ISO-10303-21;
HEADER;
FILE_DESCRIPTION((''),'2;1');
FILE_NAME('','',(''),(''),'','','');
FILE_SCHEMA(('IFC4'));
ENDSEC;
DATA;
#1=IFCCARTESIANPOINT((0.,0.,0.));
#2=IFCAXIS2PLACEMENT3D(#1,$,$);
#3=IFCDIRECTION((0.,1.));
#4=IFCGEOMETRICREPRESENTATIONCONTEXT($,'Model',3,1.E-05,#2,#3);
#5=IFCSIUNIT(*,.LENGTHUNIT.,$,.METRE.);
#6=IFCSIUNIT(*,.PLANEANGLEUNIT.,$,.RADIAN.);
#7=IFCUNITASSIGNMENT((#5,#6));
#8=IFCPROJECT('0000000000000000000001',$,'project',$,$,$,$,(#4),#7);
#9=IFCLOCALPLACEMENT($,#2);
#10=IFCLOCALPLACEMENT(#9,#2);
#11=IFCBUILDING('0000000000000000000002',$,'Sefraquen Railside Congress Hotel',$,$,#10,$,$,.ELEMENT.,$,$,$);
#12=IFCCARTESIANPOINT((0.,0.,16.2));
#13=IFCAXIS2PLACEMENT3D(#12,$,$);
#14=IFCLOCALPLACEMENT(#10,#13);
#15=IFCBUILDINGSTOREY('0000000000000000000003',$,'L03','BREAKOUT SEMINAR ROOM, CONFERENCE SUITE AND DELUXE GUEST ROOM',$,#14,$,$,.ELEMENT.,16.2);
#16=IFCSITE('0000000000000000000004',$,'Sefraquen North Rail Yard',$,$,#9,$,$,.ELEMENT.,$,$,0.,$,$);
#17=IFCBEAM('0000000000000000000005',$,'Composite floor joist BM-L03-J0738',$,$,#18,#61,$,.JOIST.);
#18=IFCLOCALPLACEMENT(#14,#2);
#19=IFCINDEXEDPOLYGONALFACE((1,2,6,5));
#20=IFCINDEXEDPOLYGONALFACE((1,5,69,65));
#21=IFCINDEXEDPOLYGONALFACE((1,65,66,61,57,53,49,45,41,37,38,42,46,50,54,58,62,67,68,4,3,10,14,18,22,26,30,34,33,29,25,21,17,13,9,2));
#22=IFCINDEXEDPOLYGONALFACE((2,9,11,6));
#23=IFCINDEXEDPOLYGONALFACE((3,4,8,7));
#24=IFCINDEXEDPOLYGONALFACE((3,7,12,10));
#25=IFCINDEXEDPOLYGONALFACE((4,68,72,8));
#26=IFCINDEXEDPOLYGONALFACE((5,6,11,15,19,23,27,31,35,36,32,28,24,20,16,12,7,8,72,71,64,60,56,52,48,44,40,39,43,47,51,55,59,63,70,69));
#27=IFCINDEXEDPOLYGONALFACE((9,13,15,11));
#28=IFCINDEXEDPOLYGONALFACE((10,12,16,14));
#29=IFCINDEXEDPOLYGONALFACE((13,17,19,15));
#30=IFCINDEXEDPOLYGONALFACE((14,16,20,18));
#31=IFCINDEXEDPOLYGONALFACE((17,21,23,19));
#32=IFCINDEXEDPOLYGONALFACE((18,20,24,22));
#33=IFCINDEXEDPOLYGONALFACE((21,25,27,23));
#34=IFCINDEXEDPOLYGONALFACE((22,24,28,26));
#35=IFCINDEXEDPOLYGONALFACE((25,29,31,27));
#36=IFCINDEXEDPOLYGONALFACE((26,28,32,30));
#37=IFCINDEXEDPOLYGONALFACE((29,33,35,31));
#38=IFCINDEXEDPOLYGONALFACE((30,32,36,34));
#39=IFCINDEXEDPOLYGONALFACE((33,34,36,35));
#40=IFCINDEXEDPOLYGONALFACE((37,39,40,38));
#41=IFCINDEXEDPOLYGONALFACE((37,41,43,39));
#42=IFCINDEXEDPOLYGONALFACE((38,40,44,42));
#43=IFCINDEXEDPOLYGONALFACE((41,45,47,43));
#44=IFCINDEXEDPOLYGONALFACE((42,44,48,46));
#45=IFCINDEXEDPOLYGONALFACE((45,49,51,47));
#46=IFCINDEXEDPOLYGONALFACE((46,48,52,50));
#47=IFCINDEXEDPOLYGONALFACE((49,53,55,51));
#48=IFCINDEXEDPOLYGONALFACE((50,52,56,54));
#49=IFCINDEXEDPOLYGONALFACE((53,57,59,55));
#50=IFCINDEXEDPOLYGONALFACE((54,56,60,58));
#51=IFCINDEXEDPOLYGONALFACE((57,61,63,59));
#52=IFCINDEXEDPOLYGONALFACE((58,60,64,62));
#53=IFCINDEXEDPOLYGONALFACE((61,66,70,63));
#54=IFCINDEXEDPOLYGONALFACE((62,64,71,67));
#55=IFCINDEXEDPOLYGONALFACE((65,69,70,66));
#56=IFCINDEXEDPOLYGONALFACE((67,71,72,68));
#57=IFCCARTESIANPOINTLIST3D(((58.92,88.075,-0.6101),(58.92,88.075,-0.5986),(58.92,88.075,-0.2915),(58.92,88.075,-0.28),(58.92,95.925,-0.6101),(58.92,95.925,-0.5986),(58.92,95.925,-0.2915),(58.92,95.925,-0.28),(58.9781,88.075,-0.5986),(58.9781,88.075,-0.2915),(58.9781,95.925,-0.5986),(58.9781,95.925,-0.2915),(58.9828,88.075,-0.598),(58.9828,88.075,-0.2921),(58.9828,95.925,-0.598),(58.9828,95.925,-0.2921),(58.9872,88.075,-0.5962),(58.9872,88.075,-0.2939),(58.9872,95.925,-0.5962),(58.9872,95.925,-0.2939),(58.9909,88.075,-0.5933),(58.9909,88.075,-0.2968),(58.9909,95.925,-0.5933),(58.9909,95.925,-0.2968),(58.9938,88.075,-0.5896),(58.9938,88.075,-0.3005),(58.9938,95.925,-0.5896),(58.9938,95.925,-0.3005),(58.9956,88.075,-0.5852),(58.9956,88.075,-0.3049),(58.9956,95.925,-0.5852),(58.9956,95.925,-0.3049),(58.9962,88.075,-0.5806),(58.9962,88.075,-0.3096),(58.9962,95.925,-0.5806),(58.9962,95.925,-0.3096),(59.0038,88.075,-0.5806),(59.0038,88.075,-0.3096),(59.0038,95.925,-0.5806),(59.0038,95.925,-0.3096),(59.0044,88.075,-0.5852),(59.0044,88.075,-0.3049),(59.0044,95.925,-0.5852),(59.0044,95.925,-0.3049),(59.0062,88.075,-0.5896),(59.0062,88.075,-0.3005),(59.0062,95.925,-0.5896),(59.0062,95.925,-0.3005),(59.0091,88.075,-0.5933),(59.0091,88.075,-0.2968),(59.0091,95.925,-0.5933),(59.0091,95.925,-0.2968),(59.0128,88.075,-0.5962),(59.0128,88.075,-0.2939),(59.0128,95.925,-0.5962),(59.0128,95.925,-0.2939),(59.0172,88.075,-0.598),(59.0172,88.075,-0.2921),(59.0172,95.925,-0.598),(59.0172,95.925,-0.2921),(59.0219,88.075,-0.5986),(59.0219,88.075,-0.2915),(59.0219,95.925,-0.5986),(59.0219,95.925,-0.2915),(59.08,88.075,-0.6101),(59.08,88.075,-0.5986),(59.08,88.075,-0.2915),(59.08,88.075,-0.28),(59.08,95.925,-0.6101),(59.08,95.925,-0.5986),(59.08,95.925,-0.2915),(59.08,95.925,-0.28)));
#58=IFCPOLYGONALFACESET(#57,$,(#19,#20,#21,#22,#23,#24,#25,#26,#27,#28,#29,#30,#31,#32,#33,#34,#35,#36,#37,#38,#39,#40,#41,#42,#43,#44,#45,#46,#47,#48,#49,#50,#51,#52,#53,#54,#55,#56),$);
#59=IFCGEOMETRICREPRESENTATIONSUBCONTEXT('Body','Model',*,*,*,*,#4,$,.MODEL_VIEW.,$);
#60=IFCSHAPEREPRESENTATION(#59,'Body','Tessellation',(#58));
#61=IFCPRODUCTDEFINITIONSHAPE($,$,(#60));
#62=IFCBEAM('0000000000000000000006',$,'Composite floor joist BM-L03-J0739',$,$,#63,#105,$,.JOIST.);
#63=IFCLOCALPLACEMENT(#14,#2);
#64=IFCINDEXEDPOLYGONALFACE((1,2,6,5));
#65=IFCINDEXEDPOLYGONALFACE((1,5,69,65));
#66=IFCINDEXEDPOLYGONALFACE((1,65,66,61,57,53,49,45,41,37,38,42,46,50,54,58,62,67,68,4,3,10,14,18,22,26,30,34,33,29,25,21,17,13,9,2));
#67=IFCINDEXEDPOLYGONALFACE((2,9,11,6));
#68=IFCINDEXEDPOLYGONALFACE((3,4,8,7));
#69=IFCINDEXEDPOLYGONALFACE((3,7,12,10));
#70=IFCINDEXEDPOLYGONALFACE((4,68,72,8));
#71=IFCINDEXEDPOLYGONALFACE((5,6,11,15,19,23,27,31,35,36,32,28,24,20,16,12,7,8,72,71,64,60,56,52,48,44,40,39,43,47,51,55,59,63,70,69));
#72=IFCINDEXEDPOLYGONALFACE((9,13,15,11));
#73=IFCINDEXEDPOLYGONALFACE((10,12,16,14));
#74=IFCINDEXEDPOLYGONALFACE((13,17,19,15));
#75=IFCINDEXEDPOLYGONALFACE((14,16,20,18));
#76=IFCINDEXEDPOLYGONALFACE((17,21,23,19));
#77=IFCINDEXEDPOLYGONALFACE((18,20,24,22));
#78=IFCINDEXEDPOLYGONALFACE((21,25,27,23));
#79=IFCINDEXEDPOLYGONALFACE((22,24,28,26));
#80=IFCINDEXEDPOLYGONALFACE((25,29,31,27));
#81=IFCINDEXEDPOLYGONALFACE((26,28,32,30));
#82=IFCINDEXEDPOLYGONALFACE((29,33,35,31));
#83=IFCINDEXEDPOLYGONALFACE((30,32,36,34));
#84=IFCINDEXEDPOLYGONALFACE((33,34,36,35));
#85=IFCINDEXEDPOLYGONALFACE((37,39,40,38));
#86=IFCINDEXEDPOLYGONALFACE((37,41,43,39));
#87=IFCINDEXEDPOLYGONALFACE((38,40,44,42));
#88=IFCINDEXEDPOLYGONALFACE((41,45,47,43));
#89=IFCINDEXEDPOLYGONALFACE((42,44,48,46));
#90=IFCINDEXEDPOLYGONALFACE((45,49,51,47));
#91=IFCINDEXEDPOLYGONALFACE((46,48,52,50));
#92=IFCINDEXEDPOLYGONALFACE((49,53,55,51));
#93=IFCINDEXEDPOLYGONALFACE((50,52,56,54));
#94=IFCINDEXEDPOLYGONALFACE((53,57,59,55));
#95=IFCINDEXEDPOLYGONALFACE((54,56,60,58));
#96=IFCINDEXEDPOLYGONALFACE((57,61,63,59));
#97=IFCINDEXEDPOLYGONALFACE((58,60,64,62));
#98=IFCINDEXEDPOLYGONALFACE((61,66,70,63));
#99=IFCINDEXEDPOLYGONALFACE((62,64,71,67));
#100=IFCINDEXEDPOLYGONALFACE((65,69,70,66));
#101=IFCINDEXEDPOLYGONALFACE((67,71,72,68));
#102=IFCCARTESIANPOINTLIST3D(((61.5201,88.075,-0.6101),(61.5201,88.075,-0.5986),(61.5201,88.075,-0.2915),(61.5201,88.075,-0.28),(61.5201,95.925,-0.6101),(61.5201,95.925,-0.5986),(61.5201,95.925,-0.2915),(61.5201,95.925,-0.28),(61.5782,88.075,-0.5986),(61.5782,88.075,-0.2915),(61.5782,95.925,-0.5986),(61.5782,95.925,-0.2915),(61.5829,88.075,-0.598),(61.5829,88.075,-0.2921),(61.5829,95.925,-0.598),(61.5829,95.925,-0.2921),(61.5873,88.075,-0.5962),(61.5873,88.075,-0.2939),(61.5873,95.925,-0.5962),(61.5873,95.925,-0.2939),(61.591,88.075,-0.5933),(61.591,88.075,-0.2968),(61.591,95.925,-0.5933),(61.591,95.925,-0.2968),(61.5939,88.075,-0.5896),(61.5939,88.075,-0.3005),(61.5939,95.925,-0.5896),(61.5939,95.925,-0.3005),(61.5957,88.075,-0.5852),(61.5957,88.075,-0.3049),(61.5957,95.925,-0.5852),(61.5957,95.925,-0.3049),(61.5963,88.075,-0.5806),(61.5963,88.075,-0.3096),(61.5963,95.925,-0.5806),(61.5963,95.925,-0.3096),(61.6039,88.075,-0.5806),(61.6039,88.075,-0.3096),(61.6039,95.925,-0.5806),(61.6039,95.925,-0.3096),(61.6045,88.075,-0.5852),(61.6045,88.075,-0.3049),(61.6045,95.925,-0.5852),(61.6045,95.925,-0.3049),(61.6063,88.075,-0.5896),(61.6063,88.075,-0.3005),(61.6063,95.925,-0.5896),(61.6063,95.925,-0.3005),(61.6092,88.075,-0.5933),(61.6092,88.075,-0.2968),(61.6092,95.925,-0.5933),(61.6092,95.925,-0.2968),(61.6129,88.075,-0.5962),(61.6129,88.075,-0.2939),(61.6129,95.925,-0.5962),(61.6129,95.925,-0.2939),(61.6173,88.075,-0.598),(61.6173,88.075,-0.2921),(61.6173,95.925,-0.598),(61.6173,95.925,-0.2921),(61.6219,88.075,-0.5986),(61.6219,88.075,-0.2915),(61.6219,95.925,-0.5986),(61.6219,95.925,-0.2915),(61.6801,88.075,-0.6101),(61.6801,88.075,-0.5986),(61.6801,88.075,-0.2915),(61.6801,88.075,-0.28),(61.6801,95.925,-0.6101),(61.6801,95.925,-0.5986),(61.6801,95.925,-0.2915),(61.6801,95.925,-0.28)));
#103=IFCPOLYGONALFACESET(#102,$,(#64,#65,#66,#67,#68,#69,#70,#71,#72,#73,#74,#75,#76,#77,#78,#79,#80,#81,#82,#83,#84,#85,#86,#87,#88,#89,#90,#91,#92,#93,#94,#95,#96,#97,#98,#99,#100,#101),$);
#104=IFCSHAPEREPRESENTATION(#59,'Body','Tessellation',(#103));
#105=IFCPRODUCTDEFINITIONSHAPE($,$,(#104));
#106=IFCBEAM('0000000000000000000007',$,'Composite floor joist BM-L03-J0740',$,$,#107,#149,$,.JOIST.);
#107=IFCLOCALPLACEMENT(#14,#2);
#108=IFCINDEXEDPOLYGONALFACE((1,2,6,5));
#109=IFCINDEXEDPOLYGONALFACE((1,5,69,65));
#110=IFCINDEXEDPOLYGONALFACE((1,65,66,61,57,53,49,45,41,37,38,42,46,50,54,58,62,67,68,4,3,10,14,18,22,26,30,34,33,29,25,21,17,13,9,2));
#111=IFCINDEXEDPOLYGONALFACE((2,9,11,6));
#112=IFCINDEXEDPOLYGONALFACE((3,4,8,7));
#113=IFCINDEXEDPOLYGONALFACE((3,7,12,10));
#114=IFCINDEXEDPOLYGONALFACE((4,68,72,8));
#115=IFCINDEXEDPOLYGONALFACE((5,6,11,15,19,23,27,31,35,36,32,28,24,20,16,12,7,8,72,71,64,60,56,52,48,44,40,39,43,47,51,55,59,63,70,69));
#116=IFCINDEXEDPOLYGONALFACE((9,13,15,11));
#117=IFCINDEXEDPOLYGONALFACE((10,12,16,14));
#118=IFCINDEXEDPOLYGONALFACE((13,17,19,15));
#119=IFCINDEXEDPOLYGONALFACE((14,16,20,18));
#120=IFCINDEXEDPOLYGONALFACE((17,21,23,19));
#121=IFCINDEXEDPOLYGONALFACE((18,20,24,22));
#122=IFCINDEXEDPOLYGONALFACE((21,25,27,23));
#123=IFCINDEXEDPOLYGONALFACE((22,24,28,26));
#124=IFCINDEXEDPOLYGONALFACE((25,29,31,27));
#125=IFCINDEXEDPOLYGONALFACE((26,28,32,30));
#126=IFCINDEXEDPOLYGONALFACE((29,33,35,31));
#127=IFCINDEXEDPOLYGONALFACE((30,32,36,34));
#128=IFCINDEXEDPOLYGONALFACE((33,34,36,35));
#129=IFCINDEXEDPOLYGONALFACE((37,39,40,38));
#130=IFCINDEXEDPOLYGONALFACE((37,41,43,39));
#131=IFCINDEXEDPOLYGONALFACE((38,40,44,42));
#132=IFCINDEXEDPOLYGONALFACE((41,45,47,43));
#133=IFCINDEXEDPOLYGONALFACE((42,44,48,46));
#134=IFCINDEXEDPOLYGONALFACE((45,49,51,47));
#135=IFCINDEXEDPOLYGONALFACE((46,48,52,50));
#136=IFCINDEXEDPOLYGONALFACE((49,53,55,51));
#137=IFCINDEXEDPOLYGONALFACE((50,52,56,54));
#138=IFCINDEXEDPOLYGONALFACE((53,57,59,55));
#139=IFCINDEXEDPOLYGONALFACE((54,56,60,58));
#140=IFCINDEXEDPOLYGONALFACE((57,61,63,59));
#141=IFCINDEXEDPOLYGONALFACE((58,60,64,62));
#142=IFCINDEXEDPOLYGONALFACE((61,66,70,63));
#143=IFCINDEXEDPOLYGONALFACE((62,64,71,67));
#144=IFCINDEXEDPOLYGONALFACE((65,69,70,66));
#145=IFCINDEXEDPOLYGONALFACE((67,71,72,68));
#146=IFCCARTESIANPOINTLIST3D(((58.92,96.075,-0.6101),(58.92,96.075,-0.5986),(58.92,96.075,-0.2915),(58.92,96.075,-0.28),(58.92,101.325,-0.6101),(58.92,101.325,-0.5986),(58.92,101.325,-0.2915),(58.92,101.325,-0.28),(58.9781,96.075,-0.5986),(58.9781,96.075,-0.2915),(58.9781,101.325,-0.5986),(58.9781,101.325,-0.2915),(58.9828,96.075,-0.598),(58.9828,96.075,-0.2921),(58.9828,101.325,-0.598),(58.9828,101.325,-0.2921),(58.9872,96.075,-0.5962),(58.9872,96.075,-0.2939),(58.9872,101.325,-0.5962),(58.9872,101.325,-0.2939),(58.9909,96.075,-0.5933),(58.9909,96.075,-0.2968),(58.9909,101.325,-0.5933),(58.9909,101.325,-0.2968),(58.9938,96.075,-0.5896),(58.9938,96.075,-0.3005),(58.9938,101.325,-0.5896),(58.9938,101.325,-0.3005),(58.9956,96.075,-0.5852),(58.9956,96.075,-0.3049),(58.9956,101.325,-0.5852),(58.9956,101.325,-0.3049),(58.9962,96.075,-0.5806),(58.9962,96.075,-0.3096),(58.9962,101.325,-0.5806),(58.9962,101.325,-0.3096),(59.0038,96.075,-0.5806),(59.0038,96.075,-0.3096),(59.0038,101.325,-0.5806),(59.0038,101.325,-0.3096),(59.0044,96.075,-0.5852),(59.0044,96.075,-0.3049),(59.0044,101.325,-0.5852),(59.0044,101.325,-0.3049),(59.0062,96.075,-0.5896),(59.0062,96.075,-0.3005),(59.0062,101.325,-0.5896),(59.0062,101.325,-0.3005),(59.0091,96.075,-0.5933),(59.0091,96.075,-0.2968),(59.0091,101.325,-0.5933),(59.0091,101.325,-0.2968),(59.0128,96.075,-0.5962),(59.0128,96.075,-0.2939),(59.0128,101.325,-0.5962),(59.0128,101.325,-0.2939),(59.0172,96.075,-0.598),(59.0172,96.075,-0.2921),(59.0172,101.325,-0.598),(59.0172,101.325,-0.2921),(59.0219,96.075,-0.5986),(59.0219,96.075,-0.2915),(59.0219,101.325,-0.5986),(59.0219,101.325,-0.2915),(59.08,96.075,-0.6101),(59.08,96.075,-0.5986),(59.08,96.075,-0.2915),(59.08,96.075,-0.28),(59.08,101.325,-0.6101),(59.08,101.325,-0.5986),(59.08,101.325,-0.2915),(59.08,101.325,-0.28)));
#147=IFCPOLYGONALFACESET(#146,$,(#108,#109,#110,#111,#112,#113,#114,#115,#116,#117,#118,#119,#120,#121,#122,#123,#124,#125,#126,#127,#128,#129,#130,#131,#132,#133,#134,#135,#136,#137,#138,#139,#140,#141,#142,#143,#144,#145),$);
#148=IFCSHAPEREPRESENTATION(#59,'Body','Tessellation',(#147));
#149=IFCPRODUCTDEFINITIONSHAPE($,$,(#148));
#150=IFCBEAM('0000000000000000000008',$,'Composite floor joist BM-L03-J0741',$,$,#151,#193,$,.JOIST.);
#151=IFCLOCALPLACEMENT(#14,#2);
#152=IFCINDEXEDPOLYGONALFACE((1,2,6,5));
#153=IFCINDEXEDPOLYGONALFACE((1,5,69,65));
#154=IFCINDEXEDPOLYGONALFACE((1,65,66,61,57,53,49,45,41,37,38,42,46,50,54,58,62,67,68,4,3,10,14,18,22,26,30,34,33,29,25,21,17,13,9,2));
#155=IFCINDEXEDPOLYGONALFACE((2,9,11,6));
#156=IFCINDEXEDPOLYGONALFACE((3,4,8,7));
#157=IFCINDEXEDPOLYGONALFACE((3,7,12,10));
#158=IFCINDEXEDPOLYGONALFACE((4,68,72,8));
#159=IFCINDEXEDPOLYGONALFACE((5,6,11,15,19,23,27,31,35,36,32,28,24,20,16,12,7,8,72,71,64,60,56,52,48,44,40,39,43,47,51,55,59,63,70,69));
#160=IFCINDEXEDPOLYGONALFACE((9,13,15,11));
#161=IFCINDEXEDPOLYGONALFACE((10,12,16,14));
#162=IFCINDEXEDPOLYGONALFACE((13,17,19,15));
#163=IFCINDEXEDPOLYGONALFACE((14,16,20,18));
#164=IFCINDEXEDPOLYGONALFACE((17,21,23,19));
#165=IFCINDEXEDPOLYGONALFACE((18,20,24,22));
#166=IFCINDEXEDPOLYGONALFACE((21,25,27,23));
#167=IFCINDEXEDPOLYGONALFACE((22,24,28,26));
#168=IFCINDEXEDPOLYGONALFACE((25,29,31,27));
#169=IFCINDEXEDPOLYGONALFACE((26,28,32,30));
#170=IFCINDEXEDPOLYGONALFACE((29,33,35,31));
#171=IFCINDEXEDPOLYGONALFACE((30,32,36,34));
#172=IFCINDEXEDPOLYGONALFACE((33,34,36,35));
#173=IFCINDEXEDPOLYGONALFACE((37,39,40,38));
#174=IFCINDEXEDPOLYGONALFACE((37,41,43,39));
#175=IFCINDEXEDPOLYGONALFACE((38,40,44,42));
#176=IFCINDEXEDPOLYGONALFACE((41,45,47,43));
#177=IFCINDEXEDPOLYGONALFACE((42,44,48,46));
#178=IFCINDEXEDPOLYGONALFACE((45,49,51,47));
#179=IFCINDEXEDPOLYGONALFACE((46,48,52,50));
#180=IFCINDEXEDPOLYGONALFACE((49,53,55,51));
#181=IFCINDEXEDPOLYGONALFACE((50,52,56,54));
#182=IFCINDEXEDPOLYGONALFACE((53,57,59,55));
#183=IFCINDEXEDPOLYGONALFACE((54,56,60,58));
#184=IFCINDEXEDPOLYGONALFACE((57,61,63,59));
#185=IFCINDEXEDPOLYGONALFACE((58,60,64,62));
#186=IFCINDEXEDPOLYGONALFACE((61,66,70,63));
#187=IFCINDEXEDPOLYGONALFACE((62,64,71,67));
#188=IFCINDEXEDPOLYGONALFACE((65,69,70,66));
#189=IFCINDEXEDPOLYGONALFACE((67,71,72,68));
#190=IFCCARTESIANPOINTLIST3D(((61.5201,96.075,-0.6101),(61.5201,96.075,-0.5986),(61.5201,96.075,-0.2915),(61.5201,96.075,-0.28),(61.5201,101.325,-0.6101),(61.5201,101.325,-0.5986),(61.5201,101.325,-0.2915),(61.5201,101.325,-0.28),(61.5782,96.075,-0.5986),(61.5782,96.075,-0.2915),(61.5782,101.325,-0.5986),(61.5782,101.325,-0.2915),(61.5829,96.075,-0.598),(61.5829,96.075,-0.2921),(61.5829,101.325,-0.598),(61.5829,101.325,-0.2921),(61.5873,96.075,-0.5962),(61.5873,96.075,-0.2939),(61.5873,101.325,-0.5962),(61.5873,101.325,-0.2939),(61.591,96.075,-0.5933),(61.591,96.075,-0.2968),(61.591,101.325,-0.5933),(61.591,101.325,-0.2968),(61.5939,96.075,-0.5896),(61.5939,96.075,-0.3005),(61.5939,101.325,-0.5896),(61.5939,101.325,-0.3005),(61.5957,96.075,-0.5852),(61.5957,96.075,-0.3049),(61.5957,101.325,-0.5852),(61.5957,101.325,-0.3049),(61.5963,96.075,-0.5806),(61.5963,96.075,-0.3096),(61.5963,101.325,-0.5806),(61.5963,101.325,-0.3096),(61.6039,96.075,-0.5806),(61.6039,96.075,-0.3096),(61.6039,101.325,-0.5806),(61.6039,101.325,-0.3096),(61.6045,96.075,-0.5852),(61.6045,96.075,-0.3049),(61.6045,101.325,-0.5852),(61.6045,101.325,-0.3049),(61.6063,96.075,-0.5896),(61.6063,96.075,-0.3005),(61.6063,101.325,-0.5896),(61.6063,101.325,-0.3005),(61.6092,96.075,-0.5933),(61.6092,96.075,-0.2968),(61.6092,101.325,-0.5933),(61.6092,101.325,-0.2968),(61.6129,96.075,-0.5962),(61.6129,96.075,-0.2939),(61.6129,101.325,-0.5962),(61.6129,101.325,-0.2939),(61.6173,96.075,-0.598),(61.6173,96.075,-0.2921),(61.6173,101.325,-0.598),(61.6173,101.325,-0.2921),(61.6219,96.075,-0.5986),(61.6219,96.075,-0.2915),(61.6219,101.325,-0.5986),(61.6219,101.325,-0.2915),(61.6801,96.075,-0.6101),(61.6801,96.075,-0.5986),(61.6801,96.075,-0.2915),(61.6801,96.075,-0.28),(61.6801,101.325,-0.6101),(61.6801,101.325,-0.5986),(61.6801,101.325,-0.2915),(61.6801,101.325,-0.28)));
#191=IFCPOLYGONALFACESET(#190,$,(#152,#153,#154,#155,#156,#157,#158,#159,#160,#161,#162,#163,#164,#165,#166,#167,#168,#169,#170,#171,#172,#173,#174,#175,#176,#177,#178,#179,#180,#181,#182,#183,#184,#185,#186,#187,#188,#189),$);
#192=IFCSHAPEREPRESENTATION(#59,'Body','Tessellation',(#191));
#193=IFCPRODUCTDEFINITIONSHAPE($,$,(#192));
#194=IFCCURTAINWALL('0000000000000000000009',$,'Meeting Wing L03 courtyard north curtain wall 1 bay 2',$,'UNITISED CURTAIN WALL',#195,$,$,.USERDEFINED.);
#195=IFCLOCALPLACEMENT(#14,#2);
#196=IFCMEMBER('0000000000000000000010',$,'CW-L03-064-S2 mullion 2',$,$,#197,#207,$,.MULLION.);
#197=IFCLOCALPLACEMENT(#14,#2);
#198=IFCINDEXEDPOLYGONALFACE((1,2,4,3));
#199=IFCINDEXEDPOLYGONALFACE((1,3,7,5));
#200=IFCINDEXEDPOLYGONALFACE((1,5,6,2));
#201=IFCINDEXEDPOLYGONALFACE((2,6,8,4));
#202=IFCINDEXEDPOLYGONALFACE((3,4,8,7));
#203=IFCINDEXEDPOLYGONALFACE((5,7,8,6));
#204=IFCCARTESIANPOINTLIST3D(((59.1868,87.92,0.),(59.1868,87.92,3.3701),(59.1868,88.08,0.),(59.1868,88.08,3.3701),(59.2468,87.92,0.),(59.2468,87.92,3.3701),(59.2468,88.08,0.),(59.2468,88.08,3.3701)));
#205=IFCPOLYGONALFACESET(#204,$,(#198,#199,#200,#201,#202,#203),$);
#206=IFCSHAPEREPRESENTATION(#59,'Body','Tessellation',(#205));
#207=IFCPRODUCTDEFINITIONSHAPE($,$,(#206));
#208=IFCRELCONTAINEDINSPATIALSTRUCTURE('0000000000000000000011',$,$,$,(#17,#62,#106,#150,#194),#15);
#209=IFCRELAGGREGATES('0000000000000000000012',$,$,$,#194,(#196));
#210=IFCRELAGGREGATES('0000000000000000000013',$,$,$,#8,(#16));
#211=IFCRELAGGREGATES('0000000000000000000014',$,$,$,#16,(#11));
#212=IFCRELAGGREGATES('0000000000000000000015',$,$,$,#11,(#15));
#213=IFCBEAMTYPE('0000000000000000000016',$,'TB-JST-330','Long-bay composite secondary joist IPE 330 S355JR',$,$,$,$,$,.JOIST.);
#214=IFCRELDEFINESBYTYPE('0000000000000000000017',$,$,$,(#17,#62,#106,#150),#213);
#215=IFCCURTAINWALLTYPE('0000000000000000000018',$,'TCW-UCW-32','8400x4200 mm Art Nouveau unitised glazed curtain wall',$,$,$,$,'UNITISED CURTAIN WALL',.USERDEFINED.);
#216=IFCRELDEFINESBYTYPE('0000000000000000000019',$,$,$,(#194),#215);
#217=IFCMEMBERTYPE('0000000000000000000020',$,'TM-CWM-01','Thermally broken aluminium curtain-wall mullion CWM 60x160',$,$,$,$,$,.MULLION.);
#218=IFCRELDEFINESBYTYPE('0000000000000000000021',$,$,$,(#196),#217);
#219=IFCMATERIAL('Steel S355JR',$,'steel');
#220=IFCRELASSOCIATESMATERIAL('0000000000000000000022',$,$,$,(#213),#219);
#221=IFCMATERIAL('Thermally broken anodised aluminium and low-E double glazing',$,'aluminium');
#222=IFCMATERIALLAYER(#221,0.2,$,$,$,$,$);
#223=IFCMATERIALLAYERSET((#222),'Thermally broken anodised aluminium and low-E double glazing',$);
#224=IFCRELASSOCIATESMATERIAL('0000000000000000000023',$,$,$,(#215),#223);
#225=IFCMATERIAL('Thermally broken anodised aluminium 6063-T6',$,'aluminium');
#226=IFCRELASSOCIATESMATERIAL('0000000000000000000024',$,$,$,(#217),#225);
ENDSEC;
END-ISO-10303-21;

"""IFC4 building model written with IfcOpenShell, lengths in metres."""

from ifc_helpers import new_model, si_unit, direction, frame, origin, origin_2d, place, context, subcontext, project, spatial, rectangle, i_section, extrude, material, layer, layer_set, material_profile, profile_set, type_object, element, aggregate, save


model = new_model("IFC4")

# Units and contexts
model_context = context("Model", 3, precision=1e-05, world=origin(), true_north=direction((0.0, 1.0)))
body_context = subcontext(model_context, "Body", "Model", "MODEL_VIEW")
ifc_project = project(units=[si_unit("LENGTHUNIT", "METRE"), si_unit("PLANEANGLEUNIT", "RADIAN")], contexts=[model_context])

# Site, building, storey
site_placement = place(None, origin())
site = spatial("IfcSite", under=ifc_project, at=site_placement, Name="Sefraquen North Rail Yard", CompositionType="ELEMENT", RefElevation=0.0)
building_placement = place(site_placement, origin())
building = spatial("IfcBuilding", under=site, at=building_placement, Name="Sefraquen Railside Congress Hotel", CompositionType="ELEMENT")
storey_placement = place(building_placement, frame((0.0, 0.0, 16.2)))
storey = spatial("IfcBuildingStorey", under=building, at=storey_placement, Name="L03", Description="BREAKOUT SEMINAR ROOM, CONFERENCE SUITE AND DELUXE GUEST ROOM", CompositionType="ELEMENT", Elevation=16.2)

# Shared definitions
ifc_material_1 = material(Name="Steel S355JR", Category="steel")

# Beams
ifc_material_profile_1 = material_profile(ifc_material_1, i_section(OverallWidth=0.1599, OverallDepth=0.3301, WebThickness=0.0076, FlangeThickness=0.0115, FilletRadius=0.0181, at=origin_2d()), Name="IPE 330")
ifc_profile_set_1 = profile_set([ifc_material_profile_1], Name="Steel S355JR")
beam_type_1 = type_object("IfcBeamType", Name="TB-JST-330", Description="Long-bay composite secondary joist IPE 330 S355JR", PredefinedType="JOIST", material=ifc_profile_set_1)
for number, where, z_axis, x_axis, name in (
    (1, (59.0, 88.075, -0.4451), (0.0, 1.0, 0.0), (-1.0, 0.0, 0.0), "Composite floor joist BM-L03-J0738"),
    (2, (61.6001, 88.075, -0.4451), (0.0, 1.0, 0.0), (-1.0, 0.0, 0.0), "Composite floor joist BM-L03-J0739"),
):
    element("IfcBeam", number, at=place(storey_placement, frame(where, z_axis=z_axis, x_axis=x_axis)), inside=storey, type_object=beam_type_1, Name=name, PredefinedType="JOIST", context=body_context, shape_type="SweptSolid", body=[
        extrude(i_section(OverallWidth=0.1599, OverallDepth=0.3301, WebThickness=0.0076, FlangeThickness=0.0115, FilletRadius=0.0181, at=origin_2d()), origin(), (0.0, 0.0, 1.0), 7.8501),
    ])
for number, where, z_axis, x_axis, name in (
    (3, (59.0, 96.075, -0.4451), (0.0, 1.0, 0.0), (-1.0, 0.0, 0.0), "Composite floor joist BM-L03-J0740"),
    (4, (61.6001, 96.075, -0.4451), (0.0, 1.0, 0.0), (-1.0, 0.0, 0.0), "Composite floor joist BM-L03-J0741"),
):
    element("IfcBeam", number, at=place(storey_placement, frame(where, z_axis=z_axis, x_axis=x_axis)), inside=storey, type_object=beam_type_1, Name=name, PredefinedType="JOIST", context=body_context, shape_type="SweptSolid", body=[
        extrude(i_section(OverallWidth=0.1599, OverallDepth=0.3301, WebThickness=0.0076, FlangeThickness=0.0115, FilletRadius=0.0181, at=origin_2d()), origin(), (0.0, 0.0, 1.0), 5.25),
    ])

# Curtain wall, member
ifc_material_2 = material(Name="Thermally broken anodised aluminium and low-E double glazing", Category="aluminium")
ifc_layer_1 = layer(ifc_material_2, 0.2)
ifc_layer_set_1 = layer_set([ifc_layer_1], Name="Thermally broken anodised aluminium and low-E double glazing")
curtain_wall_type = type_object("IfcCurtainWallType", Name="TCW-UCW-32", Description="8400x4200 mm Art Nouveau unitised glazed curtain wall", ElementType="UNITISED CURTAIN WALL", PredefinedType="USERDEFINED", material=ifc_layer_set_1)
curtain_wall_placement = place(storey_placement, origin())
curtain_wall = element("IfcCurtainWall", 5, at=curtain_wall_placement, inside=storey, type_object=curtain_wall_type, Name="Meeting Wing L03 courtyard north curtain wall 1 bay 2", ObjectType="UNITISED CURTAIN WALL", PredefinedType="USERDEFINED")
ifc_material_3 = material(Name="Thermally broken anodised aluminium 6063-T6", Category="aluminium")
ifc_material_profile_2 = material_profile(ifc_material_3, rectangle(XDim=0.0601, YDim=0.1599, at=origin_2d()), Name="CWM 60x160")
ifc_profile_set_2 = profile_set([ifc_material_profile_2], Name="Thermally broken anodised aluminium 6063-T6")
member_type_1 = type_object("IfcMemberType", Name="TM-CWM-01", Description="Thermally broken aluminium curtain-wall mullion CWM 60x160", PredefinedType="MULLION", material=ifc_profile_set_2)
member_1_placement = place(storey_placement, frame((59.2168, 88.0, 0.0), z_axis=(0.0, 0.0, 1.0), x_axis=(1.0, 0.0, 0.0)))
member_1 = element("IfcMember", 6, at=member_1_placement, type_object=member_type_1, Name="CW-L03-064-S2 mullion 2", PredefinedType="MULLION", context=body_context, shape_type="SweptSolid", body=[
    extrude(rectangle(XDim=0.0601, YDim=0.1599, at=origin_2d()), origin(), (0.0, 0.0, 1.0), 3.3701),
])
aggregate(curtain_wall, [member_1])

save(model, "model.ifc")
